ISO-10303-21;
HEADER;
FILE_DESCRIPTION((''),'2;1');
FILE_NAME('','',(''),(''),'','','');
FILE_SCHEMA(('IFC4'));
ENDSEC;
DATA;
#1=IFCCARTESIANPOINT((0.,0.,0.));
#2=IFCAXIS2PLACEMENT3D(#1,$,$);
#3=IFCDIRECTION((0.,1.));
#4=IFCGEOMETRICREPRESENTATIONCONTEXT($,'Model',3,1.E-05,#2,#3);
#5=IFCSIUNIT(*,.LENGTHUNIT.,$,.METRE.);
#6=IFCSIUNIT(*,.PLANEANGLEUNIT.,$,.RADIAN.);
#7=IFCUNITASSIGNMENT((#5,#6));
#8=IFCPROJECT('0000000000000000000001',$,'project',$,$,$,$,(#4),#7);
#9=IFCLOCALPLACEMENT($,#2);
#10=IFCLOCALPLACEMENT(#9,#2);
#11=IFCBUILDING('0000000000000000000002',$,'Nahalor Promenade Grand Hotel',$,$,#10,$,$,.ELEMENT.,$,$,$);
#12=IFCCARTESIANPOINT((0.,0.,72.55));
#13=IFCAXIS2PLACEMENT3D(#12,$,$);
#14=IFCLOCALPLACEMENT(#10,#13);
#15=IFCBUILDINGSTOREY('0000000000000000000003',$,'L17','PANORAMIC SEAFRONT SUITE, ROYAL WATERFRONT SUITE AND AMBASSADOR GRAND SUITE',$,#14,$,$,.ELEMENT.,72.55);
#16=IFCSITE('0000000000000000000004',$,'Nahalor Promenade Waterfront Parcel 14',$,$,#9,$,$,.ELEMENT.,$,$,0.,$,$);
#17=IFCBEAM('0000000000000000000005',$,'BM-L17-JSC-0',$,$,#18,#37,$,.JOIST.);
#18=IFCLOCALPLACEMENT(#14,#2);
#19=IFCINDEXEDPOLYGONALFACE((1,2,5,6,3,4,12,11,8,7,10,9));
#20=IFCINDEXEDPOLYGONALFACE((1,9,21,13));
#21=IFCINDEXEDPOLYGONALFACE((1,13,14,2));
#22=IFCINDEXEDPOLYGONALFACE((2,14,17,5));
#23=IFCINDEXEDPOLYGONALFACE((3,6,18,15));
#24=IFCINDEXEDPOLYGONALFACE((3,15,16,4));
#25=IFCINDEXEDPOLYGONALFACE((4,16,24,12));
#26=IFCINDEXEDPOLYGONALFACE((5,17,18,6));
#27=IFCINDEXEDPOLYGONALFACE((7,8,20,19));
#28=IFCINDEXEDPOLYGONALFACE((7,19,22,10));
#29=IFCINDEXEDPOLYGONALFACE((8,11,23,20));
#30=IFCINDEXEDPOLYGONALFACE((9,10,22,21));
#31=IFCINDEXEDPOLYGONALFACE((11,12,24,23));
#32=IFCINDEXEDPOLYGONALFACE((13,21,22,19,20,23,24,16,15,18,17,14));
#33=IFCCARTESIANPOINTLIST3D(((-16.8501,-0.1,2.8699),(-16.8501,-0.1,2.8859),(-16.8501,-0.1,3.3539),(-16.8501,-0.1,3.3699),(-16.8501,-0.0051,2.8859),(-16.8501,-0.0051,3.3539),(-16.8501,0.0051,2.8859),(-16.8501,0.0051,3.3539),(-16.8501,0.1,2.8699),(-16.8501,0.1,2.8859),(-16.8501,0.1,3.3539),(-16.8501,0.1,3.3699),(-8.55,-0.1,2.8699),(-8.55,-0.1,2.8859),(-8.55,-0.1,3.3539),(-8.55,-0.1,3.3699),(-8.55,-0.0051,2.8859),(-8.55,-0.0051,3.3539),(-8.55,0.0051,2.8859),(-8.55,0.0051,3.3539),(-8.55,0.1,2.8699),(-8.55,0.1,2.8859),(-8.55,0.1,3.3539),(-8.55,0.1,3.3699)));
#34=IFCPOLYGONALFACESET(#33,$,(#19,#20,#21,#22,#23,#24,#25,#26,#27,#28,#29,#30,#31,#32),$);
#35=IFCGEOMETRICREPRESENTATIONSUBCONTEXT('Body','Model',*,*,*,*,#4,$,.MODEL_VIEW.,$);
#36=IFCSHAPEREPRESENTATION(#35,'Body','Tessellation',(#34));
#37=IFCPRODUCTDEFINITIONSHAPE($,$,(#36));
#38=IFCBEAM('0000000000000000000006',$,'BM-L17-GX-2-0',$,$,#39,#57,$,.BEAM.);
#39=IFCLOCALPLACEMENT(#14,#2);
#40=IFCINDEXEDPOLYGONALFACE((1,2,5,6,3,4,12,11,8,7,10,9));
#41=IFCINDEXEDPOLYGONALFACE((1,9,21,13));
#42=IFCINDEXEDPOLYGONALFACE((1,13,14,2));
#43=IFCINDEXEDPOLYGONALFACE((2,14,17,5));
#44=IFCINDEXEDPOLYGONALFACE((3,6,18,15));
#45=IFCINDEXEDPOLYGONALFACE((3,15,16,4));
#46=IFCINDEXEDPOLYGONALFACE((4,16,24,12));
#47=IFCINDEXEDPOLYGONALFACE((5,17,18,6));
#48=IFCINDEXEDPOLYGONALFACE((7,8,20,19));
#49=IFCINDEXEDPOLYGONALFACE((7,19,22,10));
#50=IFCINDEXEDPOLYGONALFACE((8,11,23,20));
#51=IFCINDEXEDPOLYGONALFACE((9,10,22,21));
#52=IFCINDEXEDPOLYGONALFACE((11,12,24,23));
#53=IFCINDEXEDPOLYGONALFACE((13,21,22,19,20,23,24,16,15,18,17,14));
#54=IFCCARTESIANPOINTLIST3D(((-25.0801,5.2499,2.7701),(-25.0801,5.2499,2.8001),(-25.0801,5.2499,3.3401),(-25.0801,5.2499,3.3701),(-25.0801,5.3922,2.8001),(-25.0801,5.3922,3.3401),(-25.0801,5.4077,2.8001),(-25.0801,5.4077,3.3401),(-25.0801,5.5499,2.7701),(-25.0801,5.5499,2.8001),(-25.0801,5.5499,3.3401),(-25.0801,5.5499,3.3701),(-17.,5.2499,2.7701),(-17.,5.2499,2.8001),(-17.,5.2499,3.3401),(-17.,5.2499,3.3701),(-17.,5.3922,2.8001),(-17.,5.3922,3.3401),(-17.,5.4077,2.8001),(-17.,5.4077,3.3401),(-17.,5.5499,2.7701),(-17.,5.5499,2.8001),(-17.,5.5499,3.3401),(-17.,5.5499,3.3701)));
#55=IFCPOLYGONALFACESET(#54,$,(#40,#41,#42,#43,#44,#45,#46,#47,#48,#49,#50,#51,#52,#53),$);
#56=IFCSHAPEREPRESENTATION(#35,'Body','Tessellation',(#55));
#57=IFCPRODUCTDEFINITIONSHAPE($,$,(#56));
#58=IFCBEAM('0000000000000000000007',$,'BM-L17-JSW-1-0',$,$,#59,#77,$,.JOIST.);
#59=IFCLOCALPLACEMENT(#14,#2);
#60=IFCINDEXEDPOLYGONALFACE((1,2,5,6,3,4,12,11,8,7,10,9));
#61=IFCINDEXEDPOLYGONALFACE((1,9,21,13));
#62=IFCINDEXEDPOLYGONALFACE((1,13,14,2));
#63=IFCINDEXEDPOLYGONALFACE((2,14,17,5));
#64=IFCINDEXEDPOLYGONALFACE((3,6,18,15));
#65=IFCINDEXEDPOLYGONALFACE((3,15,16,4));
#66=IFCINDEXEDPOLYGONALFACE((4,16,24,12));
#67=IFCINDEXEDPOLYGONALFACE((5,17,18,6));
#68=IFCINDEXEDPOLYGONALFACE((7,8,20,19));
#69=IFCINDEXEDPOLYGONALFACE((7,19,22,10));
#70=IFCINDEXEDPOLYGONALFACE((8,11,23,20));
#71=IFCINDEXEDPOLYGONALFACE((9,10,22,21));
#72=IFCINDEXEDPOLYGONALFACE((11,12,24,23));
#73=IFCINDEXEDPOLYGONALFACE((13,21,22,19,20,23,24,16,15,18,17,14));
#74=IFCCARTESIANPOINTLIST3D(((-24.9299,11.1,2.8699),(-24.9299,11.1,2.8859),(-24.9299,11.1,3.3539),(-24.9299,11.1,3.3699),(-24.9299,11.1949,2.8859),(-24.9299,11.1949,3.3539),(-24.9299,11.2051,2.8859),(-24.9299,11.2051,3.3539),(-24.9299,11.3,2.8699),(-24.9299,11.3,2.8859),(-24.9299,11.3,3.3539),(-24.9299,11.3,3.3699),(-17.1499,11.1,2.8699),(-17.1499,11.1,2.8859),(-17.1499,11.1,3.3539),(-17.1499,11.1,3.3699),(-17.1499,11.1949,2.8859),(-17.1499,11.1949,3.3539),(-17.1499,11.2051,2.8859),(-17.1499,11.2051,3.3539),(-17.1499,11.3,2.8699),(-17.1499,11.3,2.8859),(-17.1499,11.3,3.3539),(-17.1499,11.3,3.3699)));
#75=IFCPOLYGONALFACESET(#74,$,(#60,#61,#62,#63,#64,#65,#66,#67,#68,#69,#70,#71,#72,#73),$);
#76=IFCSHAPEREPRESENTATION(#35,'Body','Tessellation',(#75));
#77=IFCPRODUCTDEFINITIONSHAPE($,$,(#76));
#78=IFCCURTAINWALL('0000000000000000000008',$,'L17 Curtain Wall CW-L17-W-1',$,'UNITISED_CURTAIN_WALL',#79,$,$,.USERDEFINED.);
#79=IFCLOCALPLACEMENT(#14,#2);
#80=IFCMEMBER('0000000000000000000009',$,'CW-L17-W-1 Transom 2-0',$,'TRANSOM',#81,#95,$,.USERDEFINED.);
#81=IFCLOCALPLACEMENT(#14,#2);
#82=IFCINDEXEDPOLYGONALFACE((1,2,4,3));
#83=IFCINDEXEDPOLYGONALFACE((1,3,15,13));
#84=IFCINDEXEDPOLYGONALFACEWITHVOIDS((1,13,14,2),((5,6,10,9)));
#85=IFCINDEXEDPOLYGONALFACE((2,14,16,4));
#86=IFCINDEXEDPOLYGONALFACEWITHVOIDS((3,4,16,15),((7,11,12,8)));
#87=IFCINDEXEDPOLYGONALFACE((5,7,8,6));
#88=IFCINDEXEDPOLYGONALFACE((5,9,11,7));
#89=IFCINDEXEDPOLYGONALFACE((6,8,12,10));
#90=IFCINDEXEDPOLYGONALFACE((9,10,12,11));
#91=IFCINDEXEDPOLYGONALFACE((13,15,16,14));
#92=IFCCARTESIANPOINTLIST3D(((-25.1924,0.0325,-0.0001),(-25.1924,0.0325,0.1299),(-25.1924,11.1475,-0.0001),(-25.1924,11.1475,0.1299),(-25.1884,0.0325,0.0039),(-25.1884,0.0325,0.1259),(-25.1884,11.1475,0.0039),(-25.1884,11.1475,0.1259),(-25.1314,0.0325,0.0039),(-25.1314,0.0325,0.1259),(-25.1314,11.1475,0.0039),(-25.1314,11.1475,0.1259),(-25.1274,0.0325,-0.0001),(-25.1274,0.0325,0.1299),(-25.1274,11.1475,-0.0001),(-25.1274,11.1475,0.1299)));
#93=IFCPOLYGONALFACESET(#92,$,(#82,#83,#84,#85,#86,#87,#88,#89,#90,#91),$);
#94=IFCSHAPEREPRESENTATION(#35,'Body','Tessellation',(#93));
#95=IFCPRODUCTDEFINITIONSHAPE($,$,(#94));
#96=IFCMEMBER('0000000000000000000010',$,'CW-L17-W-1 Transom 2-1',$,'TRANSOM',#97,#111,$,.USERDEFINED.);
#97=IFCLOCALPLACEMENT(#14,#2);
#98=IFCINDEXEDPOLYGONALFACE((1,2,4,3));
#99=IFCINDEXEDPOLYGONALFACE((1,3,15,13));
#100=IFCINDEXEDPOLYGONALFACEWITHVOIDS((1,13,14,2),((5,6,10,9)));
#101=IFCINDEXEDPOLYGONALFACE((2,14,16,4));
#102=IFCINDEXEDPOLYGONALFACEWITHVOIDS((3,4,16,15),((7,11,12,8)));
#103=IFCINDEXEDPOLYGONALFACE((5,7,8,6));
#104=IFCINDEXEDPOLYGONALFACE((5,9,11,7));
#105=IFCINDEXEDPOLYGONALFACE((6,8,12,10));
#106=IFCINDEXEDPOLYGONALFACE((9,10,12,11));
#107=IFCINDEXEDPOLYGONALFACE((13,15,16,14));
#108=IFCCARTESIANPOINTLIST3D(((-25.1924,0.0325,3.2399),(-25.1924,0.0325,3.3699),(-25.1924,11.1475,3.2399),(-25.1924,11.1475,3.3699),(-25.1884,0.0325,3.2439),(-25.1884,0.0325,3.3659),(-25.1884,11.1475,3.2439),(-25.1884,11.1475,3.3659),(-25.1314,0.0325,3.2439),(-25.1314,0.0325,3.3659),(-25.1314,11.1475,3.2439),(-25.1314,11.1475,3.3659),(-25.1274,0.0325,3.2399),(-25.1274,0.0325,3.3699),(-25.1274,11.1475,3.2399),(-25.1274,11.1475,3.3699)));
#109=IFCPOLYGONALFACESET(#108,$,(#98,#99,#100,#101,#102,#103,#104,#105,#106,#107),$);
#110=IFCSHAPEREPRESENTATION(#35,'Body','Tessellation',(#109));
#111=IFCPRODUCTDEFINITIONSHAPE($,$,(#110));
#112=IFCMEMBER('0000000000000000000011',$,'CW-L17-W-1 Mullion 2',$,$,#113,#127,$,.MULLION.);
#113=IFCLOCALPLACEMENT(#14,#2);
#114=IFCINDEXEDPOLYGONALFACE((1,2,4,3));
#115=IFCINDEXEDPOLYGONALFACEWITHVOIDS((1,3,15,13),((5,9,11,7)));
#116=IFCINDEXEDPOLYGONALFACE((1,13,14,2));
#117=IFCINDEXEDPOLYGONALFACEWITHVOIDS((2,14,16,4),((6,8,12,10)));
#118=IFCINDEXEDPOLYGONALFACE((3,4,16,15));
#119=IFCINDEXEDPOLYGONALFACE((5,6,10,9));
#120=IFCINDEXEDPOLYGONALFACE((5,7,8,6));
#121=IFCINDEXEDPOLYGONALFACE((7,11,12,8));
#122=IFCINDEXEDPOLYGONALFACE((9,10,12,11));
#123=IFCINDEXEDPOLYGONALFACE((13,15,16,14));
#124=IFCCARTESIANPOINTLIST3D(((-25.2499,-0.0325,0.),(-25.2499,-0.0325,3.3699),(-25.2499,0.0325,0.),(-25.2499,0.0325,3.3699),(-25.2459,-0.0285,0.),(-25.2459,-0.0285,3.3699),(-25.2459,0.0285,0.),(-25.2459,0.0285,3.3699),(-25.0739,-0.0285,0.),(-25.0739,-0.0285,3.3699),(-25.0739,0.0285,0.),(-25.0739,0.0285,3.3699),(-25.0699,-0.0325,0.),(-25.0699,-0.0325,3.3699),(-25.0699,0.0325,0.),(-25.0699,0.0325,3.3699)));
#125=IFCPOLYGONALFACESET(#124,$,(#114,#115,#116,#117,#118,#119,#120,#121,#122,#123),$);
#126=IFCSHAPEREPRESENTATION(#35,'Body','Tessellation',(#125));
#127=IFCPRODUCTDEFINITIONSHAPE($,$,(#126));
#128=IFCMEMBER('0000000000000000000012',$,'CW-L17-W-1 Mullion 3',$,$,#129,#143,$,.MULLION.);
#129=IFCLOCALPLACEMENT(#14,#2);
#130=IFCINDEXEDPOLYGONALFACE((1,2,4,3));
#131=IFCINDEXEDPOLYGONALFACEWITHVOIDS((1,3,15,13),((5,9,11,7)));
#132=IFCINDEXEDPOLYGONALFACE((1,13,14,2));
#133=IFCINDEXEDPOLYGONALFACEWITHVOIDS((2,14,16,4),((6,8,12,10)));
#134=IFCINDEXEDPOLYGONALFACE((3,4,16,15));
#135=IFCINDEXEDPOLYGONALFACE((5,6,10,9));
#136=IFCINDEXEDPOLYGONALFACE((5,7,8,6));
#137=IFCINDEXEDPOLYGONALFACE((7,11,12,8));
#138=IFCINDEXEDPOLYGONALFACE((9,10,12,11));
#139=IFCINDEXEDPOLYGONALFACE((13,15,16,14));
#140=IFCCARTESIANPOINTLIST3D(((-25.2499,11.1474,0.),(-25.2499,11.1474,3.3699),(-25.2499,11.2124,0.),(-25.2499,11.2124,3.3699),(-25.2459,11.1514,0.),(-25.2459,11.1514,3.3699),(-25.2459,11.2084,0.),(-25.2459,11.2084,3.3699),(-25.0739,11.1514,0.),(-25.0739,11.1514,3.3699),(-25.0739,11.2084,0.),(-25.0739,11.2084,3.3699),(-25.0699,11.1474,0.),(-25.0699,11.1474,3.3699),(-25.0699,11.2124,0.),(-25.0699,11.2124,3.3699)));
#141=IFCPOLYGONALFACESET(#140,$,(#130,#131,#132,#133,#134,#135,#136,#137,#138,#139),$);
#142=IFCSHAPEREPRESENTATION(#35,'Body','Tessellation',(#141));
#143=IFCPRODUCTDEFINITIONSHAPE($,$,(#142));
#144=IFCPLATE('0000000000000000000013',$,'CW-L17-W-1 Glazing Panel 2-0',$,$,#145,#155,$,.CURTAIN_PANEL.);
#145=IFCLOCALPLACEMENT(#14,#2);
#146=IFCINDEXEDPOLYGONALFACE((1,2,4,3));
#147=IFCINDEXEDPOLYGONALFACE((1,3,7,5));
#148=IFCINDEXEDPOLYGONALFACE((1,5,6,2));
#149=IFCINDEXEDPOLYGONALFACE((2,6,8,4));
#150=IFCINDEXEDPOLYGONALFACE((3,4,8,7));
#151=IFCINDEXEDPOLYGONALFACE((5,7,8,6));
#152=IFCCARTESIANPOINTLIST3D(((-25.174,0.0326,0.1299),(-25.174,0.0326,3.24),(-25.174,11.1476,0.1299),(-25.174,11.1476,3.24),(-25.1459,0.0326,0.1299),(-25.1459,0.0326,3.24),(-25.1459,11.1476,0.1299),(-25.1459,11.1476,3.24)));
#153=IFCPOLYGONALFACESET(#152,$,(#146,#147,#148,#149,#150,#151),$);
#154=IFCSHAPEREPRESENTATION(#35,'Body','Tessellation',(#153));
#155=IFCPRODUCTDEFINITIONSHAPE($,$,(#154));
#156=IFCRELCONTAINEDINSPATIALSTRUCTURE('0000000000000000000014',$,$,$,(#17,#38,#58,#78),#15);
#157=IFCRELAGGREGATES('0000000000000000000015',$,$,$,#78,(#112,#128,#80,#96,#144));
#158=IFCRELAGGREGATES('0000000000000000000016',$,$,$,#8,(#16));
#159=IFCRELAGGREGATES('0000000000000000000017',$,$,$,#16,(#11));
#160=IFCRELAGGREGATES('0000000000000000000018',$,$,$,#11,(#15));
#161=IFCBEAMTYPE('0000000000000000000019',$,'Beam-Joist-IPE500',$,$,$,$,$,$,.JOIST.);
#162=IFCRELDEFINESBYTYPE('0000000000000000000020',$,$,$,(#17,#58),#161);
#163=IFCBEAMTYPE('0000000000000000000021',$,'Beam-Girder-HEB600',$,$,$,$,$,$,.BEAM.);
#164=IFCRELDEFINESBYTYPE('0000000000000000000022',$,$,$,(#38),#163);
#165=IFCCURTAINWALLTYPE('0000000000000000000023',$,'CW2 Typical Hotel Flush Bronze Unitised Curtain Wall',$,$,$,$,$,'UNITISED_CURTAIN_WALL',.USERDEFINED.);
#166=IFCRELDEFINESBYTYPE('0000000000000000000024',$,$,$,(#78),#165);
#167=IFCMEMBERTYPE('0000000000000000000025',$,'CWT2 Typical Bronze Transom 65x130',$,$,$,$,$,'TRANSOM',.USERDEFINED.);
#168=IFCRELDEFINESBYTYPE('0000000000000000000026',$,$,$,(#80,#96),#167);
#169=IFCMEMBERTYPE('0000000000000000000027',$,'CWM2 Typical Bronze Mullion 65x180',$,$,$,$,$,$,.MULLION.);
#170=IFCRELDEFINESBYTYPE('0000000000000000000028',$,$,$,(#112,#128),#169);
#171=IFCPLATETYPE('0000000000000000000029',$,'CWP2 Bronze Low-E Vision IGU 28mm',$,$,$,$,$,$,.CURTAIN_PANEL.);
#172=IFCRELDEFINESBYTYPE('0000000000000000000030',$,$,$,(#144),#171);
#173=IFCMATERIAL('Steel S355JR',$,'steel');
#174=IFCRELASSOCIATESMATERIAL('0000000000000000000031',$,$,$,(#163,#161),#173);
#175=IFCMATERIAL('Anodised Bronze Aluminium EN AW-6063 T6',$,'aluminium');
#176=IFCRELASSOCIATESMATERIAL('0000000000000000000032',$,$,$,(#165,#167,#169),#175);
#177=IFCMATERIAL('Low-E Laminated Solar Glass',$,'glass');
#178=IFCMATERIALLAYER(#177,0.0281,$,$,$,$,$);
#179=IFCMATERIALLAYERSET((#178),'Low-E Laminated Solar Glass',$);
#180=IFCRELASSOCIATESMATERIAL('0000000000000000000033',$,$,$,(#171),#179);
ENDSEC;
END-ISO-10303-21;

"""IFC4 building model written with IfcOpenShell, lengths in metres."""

from ifc_helpers import new_model, si_unit, direction, frame, origin, origin_2d, place, context, subcontext, project, spatial, rectangle, hollow_rectangle, i_section, extrude, source, transform, mapped, material, layer, layer_set, material_profile, profile_set, type_object, element, aggregate, save


model = new_model("IFC4")

# Units and contexts
model_context = context("Model", 3, precision=1e-05, world=origin(), true_north=direction((0.0, 1.0)))
body_context = subcontext(model_context, "Body", "Model", "MODEL_VIEW")
ifc_project = project(units=[si_unit("LENGTHUNIT", "METRE"), si_unit("PLANEANGLEUNIT", "RADIAN")], contexts=[model_context])

# Site, building, storey
site_placement = place(None, origin())
site = spatial("IfcSite", under=ifc_project, at=site_placement, Name="Nahalor Promenade Waterfront Parcel 14", CompositionType="ELEMENT", RefElevation=0.0)
building_placement = place(site_placement, origin())
building = spatial("IfcBuilding", under=site, at=building_placement, Name="Nahalor Promenade Grand Hotel", CompositionType="ELEMENT")
storey_placement = place(building_placement, frame((0.0, 0.0, 72.55)))
storey = spatial("IfcBuildingStorey", under=building, at=storey_placement, Name="L17", Description="PANORAMIC SEAFRONT SUITE, ROYAL WATERFRONT SUITE AND AMBASSADOR GRAND SUITE", CompositionType="ELEMENT", Elevation=72.55)

# Beams
ifc_material_1 = material(Name="Steel S355JR", Category="steel")
ifc_material_profile_1 = material_profile(ifc_material_1, i_section(OverallWidth=0.3, OverallDepth=0.6, WebThickness=0.0155, FlangeThickness=0.03, at=origin_2d()), Name="HEB 600")
ifc_profile_set_1 = profile_set([ifc_material_profile_1], Name="Steel S355JR")
beam_type_1 = type_object("IfcBeamType", Name="Beam-Girder-HEB600", PredefinedType="BEAM", material=ifc_profile_set_1)
ifc_material_profile_2 = material_profile(ifc_material_1, i_section(OverallWidth=0.2, OverallDepth=0.5, WebThickness=0.0102, FlangeThickness=0.016, at=origin_2d()), Name="IPE 500")
ifc_profile_set_2 = profile_set([ifc_material_profile_2], Name="Steel S355JR")
beam_type_2 = type_object("IfcBeamType", Name="Beam-Joist-IPE500", PredefinedType="JOIST", material=ifc_profile_set_2)
shared_shape_1 = source(origin(), body_context, "Body", "SweptSolid", [
    extrude(i_section(OverallWidth=0.2, OverallDepth=0.5, WebThickness=0.0102, FlangeThickness=0.016, at=origin_2d()), origin(), (0.0, 0.0, 1.0), 8.3),
])
for number, where, z_axis, x_axis, name in (
    (1, (-16.8501, 0.0, 3.1199), (1.0, 0.0, 0.0), (0.0, 1.0, 0.0), "BM-L17-JSC-0"),
):
    element("IfcBeam", number, at=place(storey_placement, frame(where, z_axis=z_axis, x_axis=x_axis)), inside=storey, type_object=beam_type_2, Name=name, PredefinedType="JOIST", context=body_context, shape_type="MappedRepresentation", body=[
        mapped(shared_shape_1, transform((0.0, 0.0, 0.0), scale=1.0)),
    ])
shared_shape_2 = source(origin(), body_context, "Body", "SweptSolid", [
    extrude(i_section(OverallWidth=0.3, OverallDepth=0.6, WebThickness=0.0155, FlangeThickness=0.03, at=origin_2d()), origin(), (0.0, 0.0, 1.0), 8.0801),
])
beam_1_placement = place(storey_placement, frame((-25.0801, 5.3999, 3.0701), z_axis=(1.0, 0.0, 0.0), x_axis=(0.0, 1.0, 0.0)))
element("IfcBeam", 2, at=beam_1_placement, inside=storey, type_object=beam_type_1, Name="BM-L17-GX-2-0", PredefinedType="BEAM", context=body_context, shape_type="MappedRepresentation", body=[
    mapped(shared_shape_2, transform((0.0, 0.0, 0.0), scale=1.0)),
])
shared_shape_3 = source(origin(), body_context, "Body", "SweptSolid", [
    extrude(i_section(OverallWidth=0.2, OverallDepth=0.5, WebThickness=0.0102, FlangeThickness=0.016, at=origin_2d()), origin(), (0.0, 0.0, 1.0), 7.78),
])
beam_2_placement = place(storey_placement, frame((-24.9299, 11.2, 3.1199), z_axis=(1.0, 0.0, 0.0), x_axis=(0.0, 1.0, 0.0)))
element("IfcBeam", 3, at=beam_2_placement, inside=storey, type_object=beam_type_2, Name="BM-L17-JSW-1-0", PredefinedType="JOIST", context=body_context, shape_type="MappedRepresentation", body=[
    mapped(shared_shape_3, transform((0.0, 0.0, 0.0), scale=1.0)),
])

# Curtain wall, members, plate
ifc_material_2 = material(Name="Anodised Bronze Aluminium EN AW-6063 T6", Category="aluminium")
curtain_wall_type = type_object("IfcCurtainWallType", Name="CW2 Typical Hotel Flush Bronze Unitised Curtain Wall", ElementType="UNITISED_CURTAIN_WALL", PredefinedType="USERDEFINED", material=ifc_material_2)
curtain_wall_placement = place(storey_placement, origin())
curtain_wall = element("IfcCurtainWall", 4, at=curtain_wall_placement, inside=storey, type_object=curtain_wall_type, Name="L17 Curtain Wall CW-L17-W-1", ObjectType="UNITISED_CURTAIN_WALL", PredefinedType="USERDEFINED")
ifc_material_profile_3 = material_profile(ifc_material_2, hollow_rectangle(XDim=0.065, YDim=0.13, WallThickness=0.004, at=origin_2d()), Name="CWT 65x130x4")
ifc_profile_set_3 = profile_set([ifc_material_profile_3], Name="Anodised Bronze Aluminium EN AW-6063 T6")
member_type_1 = type_object("IfcMemberType", Name="CWT2 Typical Bronze Transom 65x130", ElementType="TRANSOM", PredefinedType="USERDEFINED", material=ifc_profile_set_3)
shared_shape_4 = source(origin(), body_context, "Body", "SweptSolid", [
    extrude(hollow_rectangle(XDim=0.065, YDim=0.13, WallThickness=0.004, at=origin_2d()), origin(), (0.0, 0.0, 1.0), 11.115),
])
member_1_placement = place(storey_placement, frame((-25.1599, 0.0325, 0.0649), z_axis=(0.0, 1.0, 0.0), x_axis=(-1.0, 0.0, 0.0)))
member_1 = element("IfcMember", 5, at=member_1_placement, type_object=member_type_1, Name="CW-L17-W-1 Transom 2-0", ObjectType="TRANSOM", PredefinedType="USERDEFINED", context=body_context, shape_type="MappedRepresentation", body=[
    mapped(shared_shape_4, transform((0.0, 0.0, 0.0), scale=1.0)),
])
member_2_placement = place(storey_placement, frame((-25.1599, 0.0325, 3.3049), z_axis=(0.0, 1.0, 0.0), x_axis=(-1.0, 0.0, 0.0)))
member_2 = element("IfcMember", 6, at=member_2_placement, type_object=member_type_1, Name="CW-L17-W-1 Transom 2-1", ObjectType="TRANSOM", PredefinedType="USERDEFINED", context=body_context, shape_type="MappedRepresentation", body=[
    mapped(shared_shape_4, transform((0.0, 0.0, 0.0), scale=1.0)),
])
ifc_material_profile_4 = material_profile(ifc_material_2, hollow_rectangle(XDim=0.065, YDim=0.18, WallThickness=0.004, at=origin_2d()), Name="CWM 65x180x4")
ifc_profile_set_4 = profile_set([ifc_material_profile_4], Name="Anodised Bronze Aluminium EN AW-6063 T6")
member_type_2 = type_object("IfcMemberType", Name="CWM2 Typical Bronze Mullion 65x180", PredefinedType="MULLION", material=ifc_profile_set_4)
shared_shape_5 = source(origin(), body_context, "Body", "SweptSolid", [
    extrude(hollow_rectangle(XDim=0.065, YDim=0.18, WallThickness=0.004, at=origin_2d()), origin(), (0.0, 0.0, 1.0), 3.3699),
])
member_3_placement = place(storey_placement, frame((-25.1599, 0.0, 0.0), z_axis=(0.0, 0.0, 1.0), x_axis=(0.0, 1.0, 0.0)))
member_3 = element("IfcMember", 7, at=member_3_placement, type_object=member_type_2, Name="CW-L17-W-1 Mullion 2", PredefinedType="MULLION", context=body_context, shape_type="MappedRepresentation", body=[
    mapped(shared_shape_5, transform((0.0, 0.0, 0.0), scale=1.0)),
])
member_4_placement = place(storey_placement, frame((-25.1599, 11.1799, 0.0), z_axis=(0.0, 0.0, 1.0), x_axis=(0.0, 1.0, 0.0)))
member_4 = element("IfcMember", 8, at=member_4_placement, type_object=member_type_2, Name="CW-L17-W-1 Mullion 3", PredefinedType="MULLION", context=body_context, shape_type="MappedRepresentation", body=[
    mapped(shared_shape_5, transform((0.0, 0.0, 0.0), scale=1.0)),
])
ifc_material_3 = material(Name="Low-E Laminated Solar Glass", Category="glass")
ifc_layer_1 = layer(ifc_material_3, 0.0281)
ifc_layer_set_1 = layer_set([ifc_layer_1], Name="Low-E Laminated Solar Glass")
plate_type = type_object("IfcPlateType", Name="CWP2 Bronze Low-E Vision IGU 28mm", PredefinedType="CURTAIN_PANEL", material=ifc_layer_set_1)
shared_shape_6 = source(origin(), body_context, "Body", "SweptSolid", [
    extrude(rectangle(XDim=11.115, YDim=0.0281, at=origin_2d()), origin(), (0.0, 0.0, 1.0), 3.1101),
])
plate_placement = place(storey_placement, frame((-25.1599, 5.5901, 0.1299), z_axis=(0.0, 0.0, 1.0), x_axis=(0.0, 1.0, 0.0)))
plate = element("IfcPlate", 9, at=plate_placement, type_object=plate_type, Name="CW-L17-W-1 Glazing Panel 2-0", PredefinedType="CURTAIN_PANEL", context=body_context, shape_type="MappedRepresentation", body=[
    mapped(shared_shape_6, transform((0.0, 0.0, 0.0), scale=1.0)),
])
aggregate(curtain_wall, [member_3, member_4, member_1, member_2, plate])

save(model, "model.ifc")
